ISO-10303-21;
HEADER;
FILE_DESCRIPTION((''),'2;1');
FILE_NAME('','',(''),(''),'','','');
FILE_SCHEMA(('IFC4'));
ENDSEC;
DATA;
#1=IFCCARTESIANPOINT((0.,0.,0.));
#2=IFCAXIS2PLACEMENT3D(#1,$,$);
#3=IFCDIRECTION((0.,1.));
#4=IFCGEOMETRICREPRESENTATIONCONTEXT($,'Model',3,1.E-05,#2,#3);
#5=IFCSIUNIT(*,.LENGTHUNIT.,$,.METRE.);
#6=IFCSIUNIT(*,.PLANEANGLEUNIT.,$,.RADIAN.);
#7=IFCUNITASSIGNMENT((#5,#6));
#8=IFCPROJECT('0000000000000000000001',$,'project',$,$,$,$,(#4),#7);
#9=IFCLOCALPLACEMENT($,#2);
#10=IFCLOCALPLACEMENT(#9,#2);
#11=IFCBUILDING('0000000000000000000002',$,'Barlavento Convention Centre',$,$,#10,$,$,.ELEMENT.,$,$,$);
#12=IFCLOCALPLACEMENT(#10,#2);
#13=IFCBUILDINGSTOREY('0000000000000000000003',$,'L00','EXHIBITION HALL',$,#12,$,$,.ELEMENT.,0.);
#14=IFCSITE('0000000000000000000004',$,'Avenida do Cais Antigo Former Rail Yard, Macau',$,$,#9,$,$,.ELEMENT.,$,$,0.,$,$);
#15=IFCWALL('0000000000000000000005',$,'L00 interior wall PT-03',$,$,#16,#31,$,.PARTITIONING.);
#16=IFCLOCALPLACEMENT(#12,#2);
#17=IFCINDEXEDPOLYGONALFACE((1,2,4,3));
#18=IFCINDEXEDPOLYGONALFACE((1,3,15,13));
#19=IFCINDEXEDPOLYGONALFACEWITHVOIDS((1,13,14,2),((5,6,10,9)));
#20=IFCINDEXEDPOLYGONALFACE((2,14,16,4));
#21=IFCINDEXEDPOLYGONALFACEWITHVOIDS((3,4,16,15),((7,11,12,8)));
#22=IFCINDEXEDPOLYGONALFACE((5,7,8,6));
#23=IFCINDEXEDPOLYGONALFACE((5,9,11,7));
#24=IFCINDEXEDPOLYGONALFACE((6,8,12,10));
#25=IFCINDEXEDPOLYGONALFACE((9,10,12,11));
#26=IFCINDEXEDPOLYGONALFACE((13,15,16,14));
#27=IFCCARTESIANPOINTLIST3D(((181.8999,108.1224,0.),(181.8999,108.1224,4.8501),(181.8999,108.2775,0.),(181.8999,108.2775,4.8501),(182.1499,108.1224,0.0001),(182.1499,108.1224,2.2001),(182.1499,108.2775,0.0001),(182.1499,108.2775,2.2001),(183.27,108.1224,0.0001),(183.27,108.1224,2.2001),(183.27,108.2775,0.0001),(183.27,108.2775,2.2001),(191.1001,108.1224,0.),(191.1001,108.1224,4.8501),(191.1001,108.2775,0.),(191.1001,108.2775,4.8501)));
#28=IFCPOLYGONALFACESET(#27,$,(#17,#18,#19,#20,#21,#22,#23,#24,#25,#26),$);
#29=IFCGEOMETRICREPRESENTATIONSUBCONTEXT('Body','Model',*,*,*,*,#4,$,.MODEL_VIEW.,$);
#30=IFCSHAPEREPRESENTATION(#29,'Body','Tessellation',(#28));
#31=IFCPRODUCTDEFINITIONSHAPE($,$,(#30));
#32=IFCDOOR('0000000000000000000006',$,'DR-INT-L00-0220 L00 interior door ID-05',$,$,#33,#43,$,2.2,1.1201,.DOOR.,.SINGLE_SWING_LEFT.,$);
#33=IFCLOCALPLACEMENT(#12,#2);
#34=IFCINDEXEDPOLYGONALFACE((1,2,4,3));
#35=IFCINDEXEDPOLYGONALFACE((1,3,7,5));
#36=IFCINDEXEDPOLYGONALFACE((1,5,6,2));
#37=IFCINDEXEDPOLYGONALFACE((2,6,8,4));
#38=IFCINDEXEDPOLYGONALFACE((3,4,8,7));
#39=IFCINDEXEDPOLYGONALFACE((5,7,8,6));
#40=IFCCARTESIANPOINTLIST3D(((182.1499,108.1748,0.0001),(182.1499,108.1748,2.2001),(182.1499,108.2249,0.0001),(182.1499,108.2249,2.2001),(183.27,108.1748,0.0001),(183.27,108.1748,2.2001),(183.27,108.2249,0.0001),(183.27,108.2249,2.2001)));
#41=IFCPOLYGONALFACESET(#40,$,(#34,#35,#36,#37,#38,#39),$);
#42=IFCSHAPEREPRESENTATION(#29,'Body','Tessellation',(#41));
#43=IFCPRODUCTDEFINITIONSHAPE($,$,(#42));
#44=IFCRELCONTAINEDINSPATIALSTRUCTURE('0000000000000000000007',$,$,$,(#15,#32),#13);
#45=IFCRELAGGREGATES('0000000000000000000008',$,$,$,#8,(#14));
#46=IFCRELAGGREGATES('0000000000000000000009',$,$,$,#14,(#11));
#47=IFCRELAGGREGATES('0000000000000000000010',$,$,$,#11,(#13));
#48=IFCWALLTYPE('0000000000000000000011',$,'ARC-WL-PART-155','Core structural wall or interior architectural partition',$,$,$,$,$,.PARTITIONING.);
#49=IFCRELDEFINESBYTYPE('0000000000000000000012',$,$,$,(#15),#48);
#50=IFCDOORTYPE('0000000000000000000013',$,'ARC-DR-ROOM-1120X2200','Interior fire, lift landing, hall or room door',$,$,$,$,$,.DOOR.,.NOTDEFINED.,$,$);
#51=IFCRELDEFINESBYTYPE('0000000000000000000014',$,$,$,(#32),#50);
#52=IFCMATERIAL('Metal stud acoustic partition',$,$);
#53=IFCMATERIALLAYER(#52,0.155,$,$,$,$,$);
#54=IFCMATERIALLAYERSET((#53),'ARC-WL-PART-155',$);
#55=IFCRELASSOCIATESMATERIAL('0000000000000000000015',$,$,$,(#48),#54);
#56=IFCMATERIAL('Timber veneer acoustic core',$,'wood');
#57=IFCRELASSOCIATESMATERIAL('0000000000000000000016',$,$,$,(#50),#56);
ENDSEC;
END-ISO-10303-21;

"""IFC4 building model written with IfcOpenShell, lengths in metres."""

from ifc_helpers import new_model, si_unit, direction, frame, frame_2d, origin, place, context, subcontext, project, spatial, rectangle, extrude, material, layer, layer_set, type_object, element, fill, save


model = new_model("IFC4")

# Units and contexts
model_context = context("Model", 3, precision=1e-05, world=origin(), true_north=direction((0.0, 1.0)))
body_context = subcontext(model_context, "Body", "Model", "MODEL_VIEW")
ifc_project = project(units=[si_unit("LENGTHUNIT", "METRE"), si_unit("PLANEANGLEUNIT", "RADIAN")], contexts=[model_context])

# Site, building, storey
site_placement = place(None, origin())
site = spatial("IfcSite", under=ifc_project, at=site_placement, Name="Avenida do Cais Antigo Former Rail Yard, Macau", CompositionType="ELEMENT", RefElevation=0.0)
building_placement = place(site_placement, origin())
building = spatial("IfcBuilding", under=site, at=building_placement, Name="Barlavento Convention Centre", CompositionType="ELEMENT")
storey_placement = place(building_placement, origin())
storey = spatial("IfcBuildingStorey", under=building, at=storey_placement, Name="L00", Description="EXHIBITION HALL", CompositionType="ELEMENT", Elevation=0.0)

# Wall, opening, door
ifc_material_1 = material(Name="Metal stud acoustic partition")
ifc_layer_1 = layer(ifc_material_1, 0.155)
ifc_layer_set_1 = layer_set([ifc_layer_1], Name="ARC-WL-PART-155")
wall_type_1 = type_object("IfcWallType", Name="ARC-WL-PART-155", Description="Core structural wall or interior architectural partition", PredefinedType="PARTITIONING", material=ifc_layer_set_1)
wall_1_placement = place(storey_placement, frame((181.8999, 108.2, 0.0), z_axis=(0.0, 0.0, 1.0), x_axis=(1.0, 0.0, 0.0)))
wall_1 = element("IfcWall", 1, at=wall_1_placement, inside=storey, type_object=wall_type_1, Name="L00 interior wall PT-03", PredefinedType="PARTITIONING", context=body_context, shape_type="SweptSolid", body=[
    extrude(rectangle(XDim=9.2002, YDim=0.155, at=frame_2d((4.6001, 0.0))), origin(), (0.0, 0.0, 1.0), 4.8501),
])
opening_1_placement = place(wall_1_placement, frame((0.25, 0.0, 0.0)))
opening_1 = element("IfcOpeningElement", 2, at=opening_1_placement, cuts=wall_1, PredefinedType="OPENING", context=body_context, shape_type="SweptSolid", body=[
    extrude(rectangle(XDim=1.1201, YDim=2.2, at=frame_2d((0.5601, 1.1001))), frame((0.0, 0.0874, 0.0), z_axis=(0.0, -1.0, 0.0), x_axis=(1.0, 0.0, 0.0)), (0.0, 0.0, 1.0), 0.175),
])
ifc_material_2 = material(Name="Timber veneer acoustic core", Category="wood")
door_type_1 = type_object("IfcDoorType", Name="ARC-DR-ROOM-1120X2200", Description="Interior fire, lift landing, hall or room door", OperationType="NOTDEFINED", PredefinedType="DOOR", material=ifc_material_2)
door_1_placement = place(opening_1_placement, origin())
door_1 = element("IfcDoor", 3, at=door_1_placement, inside=storey, type_object=door_type_1, Name="DR-INT-L00-0220 L00 interior door ID-05", OperationType="SINGLE_SWING_LEFT", OverallHeight=2.2, OverallWidth=1.1201, PredefinedType="DOOR", context=body_context, shape_type="SweptSolid", body=[
    extrude(rectangle(XDim=1.1201, YDim=2.2, at=frame_2d((0.5601, 1.1001))), frame((0.0, 0.0249, 0.0), z_axis=(0.0, -1.0, 0.0), x_axis=(1.0, 0.0, 0.0)), (0.0, 0.0, 1.0), 0.05),
])
fill(opening_1, door_1)

save(model, "model.ifc")
